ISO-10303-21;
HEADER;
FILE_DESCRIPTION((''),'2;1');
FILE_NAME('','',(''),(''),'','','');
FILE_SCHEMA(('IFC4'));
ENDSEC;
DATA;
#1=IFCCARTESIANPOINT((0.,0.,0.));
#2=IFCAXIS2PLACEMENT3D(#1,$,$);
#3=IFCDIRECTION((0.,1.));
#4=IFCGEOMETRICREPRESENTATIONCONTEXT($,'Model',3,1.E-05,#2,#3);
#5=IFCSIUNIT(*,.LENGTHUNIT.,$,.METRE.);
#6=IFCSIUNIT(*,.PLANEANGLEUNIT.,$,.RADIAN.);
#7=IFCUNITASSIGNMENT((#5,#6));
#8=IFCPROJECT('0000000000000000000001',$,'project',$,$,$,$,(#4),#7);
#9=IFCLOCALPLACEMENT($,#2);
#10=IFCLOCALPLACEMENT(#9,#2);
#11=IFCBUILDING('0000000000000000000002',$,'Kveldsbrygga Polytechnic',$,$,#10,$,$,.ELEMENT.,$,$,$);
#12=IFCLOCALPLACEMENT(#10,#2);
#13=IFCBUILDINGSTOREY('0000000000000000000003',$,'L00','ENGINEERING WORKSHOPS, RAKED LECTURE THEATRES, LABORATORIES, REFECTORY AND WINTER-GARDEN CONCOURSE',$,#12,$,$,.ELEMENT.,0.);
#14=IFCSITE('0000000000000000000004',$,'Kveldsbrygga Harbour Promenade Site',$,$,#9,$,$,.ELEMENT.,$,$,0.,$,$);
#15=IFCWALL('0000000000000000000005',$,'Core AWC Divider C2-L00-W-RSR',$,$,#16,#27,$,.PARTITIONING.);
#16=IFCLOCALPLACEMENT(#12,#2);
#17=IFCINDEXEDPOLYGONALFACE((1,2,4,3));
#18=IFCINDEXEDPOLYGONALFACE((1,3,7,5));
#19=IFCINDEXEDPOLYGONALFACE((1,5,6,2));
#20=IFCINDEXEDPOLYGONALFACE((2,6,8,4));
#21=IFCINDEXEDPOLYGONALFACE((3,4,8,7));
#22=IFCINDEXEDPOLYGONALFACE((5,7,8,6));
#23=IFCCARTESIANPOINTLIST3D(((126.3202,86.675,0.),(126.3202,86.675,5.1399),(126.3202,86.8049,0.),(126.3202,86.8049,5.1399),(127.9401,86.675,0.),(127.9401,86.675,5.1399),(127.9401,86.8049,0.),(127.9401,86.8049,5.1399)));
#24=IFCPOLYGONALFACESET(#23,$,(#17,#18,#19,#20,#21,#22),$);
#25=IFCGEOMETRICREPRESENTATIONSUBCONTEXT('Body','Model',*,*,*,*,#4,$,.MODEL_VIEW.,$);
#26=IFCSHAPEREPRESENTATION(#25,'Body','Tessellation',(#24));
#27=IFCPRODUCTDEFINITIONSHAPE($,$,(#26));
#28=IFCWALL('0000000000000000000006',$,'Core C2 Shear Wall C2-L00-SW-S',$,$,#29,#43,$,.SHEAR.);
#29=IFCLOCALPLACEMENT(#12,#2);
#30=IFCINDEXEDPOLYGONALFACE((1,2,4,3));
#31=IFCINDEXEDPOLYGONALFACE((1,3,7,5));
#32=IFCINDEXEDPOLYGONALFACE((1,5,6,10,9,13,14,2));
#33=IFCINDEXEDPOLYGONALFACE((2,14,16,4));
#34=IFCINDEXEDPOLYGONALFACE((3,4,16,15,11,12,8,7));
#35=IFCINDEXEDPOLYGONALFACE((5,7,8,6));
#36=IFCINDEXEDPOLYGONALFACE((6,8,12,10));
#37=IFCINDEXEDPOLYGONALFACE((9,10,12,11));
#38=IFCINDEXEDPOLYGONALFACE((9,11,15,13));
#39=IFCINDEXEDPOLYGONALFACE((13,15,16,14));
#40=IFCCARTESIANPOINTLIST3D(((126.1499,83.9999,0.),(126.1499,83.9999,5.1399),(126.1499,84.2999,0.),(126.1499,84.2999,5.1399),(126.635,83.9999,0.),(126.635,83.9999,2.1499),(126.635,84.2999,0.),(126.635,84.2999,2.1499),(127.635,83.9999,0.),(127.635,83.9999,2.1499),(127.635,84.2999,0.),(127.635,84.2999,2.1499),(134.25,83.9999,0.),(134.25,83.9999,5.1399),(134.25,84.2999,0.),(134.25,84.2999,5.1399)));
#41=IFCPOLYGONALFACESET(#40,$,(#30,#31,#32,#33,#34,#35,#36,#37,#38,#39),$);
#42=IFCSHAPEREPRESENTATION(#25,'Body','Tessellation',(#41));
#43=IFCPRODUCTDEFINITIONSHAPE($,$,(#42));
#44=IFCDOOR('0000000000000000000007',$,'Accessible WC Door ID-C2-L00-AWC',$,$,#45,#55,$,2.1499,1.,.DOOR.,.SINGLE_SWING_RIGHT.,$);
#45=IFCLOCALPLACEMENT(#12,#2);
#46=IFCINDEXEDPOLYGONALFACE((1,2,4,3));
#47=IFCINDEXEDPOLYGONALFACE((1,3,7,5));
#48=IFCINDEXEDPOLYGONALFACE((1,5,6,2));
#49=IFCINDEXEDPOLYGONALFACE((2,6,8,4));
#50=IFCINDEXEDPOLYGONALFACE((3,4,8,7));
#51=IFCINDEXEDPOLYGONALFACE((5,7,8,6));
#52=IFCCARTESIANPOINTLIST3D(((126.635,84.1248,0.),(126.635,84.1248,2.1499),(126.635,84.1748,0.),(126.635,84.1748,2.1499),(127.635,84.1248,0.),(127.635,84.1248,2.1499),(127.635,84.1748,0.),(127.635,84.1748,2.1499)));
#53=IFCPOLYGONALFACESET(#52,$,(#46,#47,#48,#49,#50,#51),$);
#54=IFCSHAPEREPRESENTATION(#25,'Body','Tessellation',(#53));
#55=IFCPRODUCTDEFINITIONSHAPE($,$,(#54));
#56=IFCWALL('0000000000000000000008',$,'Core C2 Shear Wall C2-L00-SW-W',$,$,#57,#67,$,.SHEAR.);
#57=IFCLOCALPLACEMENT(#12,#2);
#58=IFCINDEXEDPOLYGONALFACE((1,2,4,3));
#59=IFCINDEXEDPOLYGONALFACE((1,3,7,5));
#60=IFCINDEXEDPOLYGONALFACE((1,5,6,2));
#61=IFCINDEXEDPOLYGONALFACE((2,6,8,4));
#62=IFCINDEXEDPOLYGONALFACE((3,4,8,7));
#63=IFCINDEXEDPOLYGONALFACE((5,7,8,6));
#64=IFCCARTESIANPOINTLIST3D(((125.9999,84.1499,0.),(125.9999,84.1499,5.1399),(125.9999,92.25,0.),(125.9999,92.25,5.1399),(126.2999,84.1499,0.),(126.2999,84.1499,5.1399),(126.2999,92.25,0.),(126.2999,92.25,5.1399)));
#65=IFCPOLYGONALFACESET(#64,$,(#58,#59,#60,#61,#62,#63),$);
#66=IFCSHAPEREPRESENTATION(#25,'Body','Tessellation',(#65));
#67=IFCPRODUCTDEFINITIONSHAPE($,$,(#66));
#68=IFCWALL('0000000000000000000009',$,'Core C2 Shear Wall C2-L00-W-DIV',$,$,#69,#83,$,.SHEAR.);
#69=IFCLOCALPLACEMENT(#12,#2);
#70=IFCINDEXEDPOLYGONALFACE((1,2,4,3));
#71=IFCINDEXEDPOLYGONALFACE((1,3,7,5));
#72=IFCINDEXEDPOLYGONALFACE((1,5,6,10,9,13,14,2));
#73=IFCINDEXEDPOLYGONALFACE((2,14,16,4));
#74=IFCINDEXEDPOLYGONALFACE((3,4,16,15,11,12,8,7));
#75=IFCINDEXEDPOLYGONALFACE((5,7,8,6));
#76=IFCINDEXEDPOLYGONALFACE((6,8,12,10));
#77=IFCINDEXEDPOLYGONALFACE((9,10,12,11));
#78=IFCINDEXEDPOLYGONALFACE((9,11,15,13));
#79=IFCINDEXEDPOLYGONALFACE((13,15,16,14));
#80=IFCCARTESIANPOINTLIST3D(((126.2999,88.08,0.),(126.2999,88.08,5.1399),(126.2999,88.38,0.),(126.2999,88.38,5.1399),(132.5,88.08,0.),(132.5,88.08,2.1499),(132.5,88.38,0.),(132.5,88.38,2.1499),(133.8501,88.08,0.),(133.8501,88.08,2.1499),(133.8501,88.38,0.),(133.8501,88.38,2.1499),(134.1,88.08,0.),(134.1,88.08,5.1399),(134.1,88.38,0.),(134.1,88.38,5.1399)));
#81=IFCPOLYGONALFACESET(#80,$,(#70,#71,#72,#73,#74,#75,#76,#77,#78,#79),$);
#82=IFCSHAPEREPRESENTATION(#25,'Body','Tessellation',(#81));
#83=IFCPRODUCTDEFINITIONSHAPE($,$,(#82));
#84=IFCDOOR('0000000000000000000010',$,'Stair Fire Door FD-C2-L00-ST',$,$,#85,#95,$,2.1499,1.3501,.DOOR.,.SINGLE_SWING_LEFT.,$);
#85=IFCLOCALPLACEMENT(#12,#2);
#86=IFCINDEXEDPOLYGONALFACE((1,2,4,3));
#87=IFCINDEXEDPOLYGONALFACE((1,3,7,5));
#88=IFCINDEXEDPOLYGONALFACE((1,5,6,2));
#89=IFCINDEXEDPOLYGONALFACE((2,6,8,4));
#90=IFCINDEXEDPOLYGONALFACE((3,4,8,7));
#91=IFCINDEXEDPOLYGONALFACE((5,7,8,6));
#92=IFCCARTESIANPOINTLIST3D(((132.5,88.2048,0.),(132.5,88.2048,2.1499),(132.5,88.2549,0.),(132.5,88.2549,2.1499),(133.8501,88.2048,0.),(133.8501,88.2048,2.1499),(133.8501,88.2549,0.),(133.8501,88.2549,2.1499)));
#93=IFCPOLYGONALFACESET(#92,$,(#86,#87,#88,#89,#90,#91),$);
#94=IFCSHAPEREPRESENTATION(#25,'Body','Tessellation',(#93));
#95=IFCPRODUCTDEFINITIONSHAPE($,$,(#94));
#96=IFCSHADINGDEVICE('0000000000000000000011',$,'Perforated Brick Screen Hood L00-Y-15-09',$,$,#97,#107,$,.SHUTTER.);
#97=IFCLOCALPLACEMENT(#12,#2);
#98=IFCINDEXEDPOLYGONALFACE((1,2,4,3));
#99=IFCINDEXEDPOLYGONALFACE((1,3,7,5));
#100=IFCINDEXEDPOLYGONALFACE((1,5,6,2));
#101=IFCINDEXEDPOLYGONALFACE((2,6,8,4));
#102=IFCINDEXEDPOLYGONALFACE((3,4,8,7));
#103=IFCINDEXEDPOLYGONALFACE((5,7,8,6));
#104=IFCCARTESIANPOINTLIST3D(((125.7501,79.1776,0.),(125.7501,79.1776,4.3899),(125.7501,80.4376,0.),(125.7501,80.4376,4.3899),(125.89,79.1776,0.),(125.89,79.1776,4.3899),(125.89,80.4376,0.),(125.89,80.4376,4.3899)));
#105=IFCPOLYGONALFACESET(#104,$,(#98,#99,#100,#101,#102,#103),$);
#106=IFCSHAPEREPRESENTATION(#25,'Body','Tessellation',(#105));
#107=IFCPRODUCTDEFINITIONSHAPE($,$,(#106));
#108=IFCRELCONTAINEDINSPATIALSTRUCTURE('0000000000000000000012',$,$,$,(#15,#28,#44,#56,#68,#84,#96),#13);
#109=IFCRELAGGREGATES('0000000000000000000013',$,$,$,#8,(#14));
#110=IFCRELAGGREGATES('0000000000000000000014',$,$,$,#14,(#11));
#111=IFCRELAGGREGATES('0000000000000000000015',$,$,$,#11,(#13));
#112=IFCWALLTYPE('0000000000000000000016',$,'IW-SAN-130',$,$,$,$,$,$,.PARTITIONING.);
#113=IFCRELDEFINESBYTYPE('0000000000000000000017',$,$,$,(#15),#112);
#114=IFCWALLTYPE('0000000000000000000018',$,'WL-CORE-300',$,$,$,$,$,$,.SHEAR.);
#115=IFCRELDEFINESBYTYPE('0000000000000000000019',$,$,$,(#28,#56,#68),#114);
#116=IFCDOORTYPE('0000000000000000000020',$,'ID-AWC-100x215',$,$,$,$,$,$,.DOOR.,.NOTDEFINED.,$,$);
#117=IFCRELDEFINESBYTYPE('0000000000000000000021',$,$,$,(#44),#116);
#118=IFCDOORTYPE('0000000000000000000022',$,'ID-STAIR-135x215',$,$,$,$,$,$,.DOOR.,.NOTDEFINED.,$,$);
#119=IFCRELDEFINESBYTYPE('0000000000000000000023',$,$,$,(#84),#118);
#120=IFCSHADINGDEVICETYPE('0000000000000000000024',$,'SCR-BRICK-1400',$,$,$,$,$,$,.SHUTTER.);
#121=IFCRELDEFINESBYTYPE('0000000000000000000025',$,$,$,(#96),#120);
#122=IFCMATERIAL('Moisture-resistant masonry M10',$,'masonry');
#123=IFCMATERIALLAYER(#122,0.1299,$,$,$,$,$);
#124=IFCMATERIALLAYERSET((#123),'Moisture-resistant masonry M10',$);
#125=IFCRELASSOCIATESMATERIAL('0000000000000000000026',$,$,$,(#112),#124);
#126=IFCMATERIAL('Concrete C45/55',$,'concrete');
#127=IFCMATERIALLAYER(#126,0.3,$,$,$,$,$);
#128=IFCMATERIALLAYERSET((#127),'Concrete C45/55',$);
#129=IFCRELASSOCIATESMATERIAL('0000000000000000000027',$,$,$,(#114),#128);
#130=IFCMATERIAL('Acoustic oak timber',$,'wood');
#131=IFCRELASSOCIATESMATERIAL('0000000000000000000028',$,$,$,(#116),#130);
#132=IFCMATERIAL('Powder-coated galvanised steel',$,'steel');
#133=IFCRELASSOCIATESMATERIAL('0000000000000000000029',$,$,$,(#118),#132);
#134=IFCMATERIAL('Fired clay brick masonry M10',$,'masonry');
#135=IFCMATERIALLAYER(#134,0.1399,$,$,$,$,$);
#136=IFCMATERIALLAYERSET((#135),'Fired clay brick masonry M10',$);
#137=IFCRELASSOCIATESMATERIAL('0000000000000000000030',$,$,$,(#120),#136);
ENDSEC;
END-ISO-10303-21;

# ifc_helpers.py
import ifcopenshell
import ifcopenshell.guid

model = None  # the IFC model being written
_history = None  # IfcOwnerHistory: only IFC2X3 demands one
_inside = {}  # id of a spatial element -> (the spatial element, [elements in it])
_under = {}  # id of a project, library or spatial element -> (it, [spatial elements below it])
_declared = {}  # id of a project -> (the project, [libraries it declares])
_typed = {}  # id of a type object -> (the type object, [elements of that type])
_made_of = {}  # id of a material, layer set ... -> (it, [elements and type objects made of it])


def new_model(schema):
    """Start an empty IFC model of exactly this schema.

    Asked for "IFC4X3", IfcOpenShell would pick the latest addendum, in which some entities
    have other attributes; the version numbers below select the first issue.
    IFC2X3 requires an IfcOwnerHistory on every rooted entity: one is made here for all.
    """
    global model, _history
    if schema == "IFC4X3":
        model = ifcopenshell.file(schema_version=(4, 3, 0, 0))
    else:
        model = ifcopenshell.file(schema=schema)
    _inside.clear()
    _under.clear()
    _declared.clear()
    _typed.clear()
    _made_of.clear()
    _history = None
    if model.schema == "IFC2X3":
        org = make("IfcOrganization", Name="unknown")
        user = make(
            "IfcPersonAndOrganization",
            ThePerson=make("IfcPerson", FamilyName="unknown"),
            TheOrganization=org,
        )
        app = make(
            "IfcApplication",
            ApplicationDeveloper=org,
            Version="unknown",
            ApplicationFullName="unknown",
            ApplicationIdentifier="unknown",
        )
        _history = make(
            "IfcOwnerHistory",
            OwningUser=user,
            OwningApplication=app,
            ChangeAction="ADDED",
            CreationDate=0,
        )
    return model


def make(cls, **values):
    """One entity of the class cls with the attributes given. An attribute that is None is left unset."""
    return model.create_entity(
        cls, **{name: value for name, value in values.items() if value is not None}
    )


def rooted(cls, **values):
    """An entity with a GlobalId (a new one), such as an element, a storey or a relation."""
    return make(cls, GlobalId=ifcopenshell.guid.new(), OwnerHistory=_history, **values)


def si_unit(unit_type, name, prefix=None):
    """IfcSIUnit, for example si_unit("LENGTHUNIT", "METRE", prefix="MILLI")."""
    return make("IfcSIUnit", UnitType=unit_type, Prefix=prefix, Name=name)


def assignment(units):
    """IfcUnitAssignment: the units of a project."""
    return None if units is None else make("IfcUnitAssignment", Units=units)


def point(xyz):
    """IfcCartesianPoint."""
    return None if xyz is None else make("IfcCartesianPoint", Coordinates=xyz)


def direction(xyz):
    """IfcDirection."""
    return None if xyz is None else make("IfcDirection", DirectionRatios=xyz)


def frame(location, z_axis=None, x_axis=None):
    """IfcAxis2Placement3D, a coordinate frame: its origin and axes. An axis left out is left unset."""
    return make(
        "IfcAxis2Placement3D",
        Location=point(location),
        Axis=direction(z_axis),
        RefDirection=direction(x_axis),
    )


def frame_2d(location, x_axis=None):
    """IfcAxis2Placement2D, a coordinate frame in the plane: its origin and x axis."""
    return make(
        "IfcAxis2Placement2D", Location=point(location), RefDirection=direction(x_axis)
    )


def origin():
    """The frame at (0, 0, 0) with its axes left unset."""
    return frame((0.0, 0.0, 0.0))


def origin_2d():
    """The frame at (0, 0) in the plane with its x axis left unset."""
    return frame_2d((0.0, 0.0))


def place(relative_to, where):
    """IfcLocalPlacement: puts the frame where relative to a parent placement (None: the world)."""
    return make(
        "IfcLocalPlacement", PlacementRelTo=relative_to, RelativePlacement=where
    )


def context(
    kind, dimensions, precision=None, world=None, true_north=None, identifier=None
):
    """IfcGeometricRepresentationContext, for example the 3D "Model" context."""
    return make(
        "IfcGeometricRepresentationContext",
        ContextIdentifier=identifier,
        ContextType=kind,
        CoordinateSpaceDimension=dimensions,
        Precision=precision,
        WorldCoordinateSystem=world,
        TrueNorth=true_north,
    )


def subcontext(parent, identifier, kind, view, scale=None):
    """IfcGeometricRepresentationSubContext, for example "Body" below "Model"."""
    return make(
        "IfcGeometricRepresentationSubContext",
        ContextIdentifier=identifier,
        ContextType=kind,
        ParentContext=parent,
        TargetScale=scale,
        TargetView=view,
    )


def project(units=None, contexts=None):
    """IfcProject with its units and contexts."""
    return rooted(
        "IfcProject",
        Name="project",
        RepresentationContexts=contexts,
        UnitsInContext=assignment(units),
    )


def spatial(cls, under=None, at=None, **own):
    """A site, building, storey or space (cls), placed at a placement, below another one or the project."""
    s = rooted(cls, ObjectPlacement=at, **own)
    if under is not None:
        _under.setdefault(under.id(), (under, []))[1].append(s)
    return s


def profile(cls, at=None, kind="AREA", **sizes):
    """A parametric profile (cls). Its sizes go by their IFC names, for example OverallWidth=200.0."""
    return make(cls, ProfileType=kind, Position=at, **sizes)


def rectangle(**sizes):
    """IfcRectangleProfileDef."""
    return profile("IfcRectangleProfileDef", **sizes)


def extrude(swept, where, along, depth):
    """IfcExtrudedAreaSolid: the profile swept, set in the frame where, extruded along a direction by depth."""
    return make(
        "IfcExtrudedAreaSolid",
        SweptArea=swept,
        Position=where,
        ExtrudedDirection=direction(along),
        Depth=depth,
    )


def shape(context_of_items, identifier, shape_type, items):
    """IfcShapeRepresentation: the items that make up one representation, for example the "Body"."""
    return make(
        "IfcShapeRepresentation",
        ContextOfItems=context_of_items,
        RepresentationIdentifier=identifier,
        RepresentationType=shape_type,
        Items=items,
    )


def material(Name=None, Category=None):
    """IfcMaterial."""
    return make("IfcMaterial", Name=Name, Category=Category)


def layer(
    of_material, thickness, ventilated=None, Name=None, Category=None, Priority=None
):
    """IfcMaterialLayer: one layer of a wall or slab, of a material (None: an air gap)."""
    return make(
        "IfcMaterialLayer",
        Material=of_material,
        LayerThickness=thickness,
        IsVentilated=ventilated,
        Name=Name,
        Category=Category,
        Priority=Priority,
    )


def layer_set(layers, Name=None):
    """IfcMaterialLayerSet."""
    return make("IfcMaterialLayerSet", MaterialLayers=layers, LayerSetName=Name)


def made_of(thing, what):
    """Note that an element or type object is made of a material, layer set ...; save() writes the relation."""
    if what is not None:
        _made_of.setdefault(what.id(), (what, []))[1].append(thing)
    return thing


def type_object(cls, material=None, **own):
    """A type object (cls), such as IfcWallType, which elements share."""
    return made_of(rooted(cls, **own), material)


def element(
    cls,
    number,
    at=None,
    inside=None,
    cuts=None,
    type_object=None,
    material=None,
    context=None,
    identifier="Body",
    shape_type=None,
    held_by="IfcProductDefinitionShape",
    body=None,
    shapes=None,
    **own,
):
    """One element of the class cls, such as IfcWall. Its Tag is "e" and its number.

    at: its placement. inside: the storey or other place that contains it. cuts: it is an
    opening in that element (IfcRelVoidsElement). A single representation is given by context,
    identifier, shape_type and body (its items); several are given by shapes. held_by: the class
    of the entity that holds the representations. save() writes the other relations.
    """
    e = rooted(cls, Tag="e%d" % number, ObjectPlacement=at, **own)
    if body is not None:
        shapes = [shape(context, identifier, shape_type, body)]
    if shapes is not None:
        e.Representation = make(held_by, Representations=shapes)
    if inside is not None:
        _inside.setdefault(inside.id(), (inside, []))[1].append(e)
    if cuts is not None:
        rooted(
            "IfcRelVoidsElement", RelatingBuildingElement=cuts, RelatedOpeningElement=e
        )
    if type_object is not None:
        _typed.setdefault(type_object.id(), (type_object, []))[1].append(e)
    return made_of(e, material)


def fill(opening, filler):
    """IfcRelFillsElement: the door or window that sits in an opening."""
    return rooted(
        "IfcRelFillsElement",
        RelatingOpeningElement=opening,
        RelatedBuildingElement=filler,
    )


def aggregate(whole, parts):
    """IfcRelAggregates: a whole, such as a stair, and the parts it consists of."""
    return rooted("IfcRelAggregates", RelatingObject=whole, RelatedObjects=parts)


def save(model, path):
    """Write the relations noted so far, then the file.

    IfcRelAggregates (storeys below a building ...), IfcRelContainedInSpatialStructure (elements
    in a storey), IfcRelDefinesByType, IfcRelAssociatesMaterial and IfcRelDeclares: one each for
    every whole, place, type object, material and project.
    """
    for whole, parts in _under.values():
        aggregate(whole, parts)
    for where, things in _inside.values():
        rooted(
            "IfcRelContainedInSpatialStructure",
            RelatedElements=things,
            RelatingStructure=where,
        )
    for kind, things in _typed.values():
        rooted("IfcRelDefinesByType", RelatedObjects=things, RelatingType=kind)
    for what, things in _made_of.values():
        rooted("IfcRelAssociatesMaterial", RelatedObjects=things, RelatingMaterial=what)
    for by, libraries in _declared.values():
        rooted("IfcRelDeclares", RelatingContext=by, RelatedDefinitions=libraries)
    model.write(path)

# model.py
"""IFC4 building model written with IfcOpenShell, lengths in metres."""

from ifc_helpers import new_model, si_unit, direction, frame, frame_2d, origin, origin_2d, place, context, subcontext, project, spatial, rectangle, extrude, material, layer, layer_set, type_object, element, fill, save


model = new_model("IFC4")

# Units and contexts
model_context = context("Model", 3, precision=1e-05, world=origin(), true_north=direction((0.0, 1.0)))
body_context = subcontext(model_context, "Body", "Model", "MODEL_VIEW")
ifc_project = project(units=[si_unit("LENGTHUNIT", "METRE"), si_unit("PLANEANGLEUNIT", "RADIAN")], contexts=[model_context])

# Site, building, storey
site_placement = place(None, origin())
site = spatial("IfcSite", under=ifc_project, at=site_placement, Name="Kveldsbrygga Harbour Promenade Site", CompositionType="ELEMENT", RefElevation=0.0)
building_placement = place(site_placement, origin())
building = spatial("IfcBuilding", under=site, at=building_placement, Name="Kveldsbrygga Polytechnic", CompositionType="ELEMENT")
storey_placement = place(building_placement, origin())
storey = spatial("IfcBuildingStorey", under=building, at=storey_placement, Name="L00", Description="ENGINEERING WORKSHOPS, RAKED LECTURE THEATRES, LABORATORIES, REFECTORY AND WINTER-GARDEN CONCOURSE", CompositionType="ELEMENT", Elevation=0.0)

# Shared definitions
ifc_material_1 = material(Name="Concrete C45/55", Category="concrete")

# Wall
ifc_material_2 = material(Name="Fired clay brick masonry M10", Category="masonry")
ifc_material_3 = material(Name="Moisture-resistant masonry M10", Category="masonry")
ifc_layer_1 = layer(ifc_material_3, 0.1299)
ifc_layer_set_1 = layer_set([ifc_layer_1], Name="Moisture-resistant masonry M10")
wall_type_1 = type_object("IfcWallType", Name="IW-SAN-130", PredefinedType="PARTITIONING", material=ifc_layer_set_1)
wall_1_placement = place(storey_placement, frame((126.3201, 86.74, 0.0), z_axis=(0.0, 0.0, 1.0), x_axis=(1.0, 0.0, 0.0)))
element("IfcWall", 1, at=wall_1_placement, inside=storey, type_object=wall_type_1, Name="Core AWC Divider C2-L00-W-RSR", PredefinedType="PARTITIONING", context=body_context, shape_type="SweptSolid", body=[
    extrude(rectangle(XDim=1.6199, YDim=0.1299, at=frame_2d((0.8101, 0.0))), origin(), (0.0, 0.0, 1.0), 5.1399),
])

# Wall, opening, door
ifc_layer_2 = layer(ifc_material_1, 0.3)
ifc_layer_set_2 = layer_set([ifc_layer_2], Name="Concrete C45/55")
wall_type_2 = type_object("IfcWallType", Name="WL-CORE-300", PredefinedType="SHEAR", material=ifc_layer_set_2)
wall_2_placement = place(storey_placement, frame((126.1499, 84.1499, 0.0), z_axis=(0.0, 0.0, 1.0), x_axis=(1.0, 0.0, 0.0)))
wall_2 = element("IfcWall", 2, at=wall_2_placement, inside=storey, type_object=wall_type_2, Name="Core C2 Shear Wall C2-L00-SW-S", PredefinedType="SHEAR", context=body_context, shape_type="SweptSolid", body=[
    extrude(rectangle(XDim=8.1001, YDim=0.3, at=frame_2d((4.05, 0.0))), origin(), (0.0, 0.0, 1.0), 5.1399),
])
opening_1_placement = place(wall_2_placement, frame((0.4851, 0.0, 0.0)))
opening_1 = element("IfcOpeningElement", 3, at=opening_1_placement, cuts=wall_2, PredefinedType="OPENING", context=body_context, shape_type="SweptSolid", body=[
    extrude(rectangle(XDim=1.0, YDim=2.1499, at=frame_2d((0.5, 1.075))), frame((0.0, 0.1602, 0.0), z_axis=(0.0, -1.0, 0.0), x_axis=(1.0, 0.0, 0.0)), (0.0, 0.0, 1.0), 0.3201),
])
ifc_material_4 = material(Name="Acoustic oak timber", Category="wood")
door_type_1 = type_object("IfcDoorType", Name="ID-AWC-100x215", OperationType="NOTDEFINED", PredefinedType="DOOR", material=ifc_material_4)
door_1_placement = place(opening_1_placement, origin())
door_1 = element("IfcDoor", 4, at=door_1_placement, inside=storey, type_object=door_type_1, Name="Accessible WC Door ID-C2-L00-AWC", OperationType="SINGLE_SWING_RIGHT", OverallHeight=2.1499, OverallWidth=1.0, PredefinedType="DOOR", context=body_context, shape_type="SweptSolid", body=[
    extrude(rectangle(XDim=1.0, YDim=2.1499, at=frame_2d((0.5, 1.075))), frame((0.0, 0.0249, 0.0), z_axis=(0.0, -1.0, 0.0), x_axis=(1.0, 0.0, 0.0)), (0.0, 0.0, 1.0), 0.05),
])
fill(opening_1, door_1)

# Wall
wall_3_placement = place(storey_placement, frame((126.1499, 84.1499, 0.0), z_axis=(0.0, 0.0, 1.0), x_axis=(0.0, 1.0, 0.0)))
element("IfcWall", 5, at=wall_3_placement, inside=storey, type_object=wall_type_2, Name="Core C2 Shear Wall C2-L00-SW-W", PredefinedType="SHEAR", context=body_context, shape_type="SweptSolid", body=[
    extrude(rectangle(XDim=8.1001, YDim=0.3, at=frame_2d((4.05, 0.0))), origin(), (0.0, 0.0, 1.0), 5.1399),
])

# Wall, opening, door
wall_4_placement = place(storey_placement, frame((126.3, 88.23, 0.0), z_axis=(0.0, 0.0, 1.0), x_axis=(1.0, 0.0, 0.0)))
wall_4 = element("IfcWall", 6, at=wall_4_placement, inside=storey, type_object=wall_type_2, Name="Core C2 Shear Wall C2-L00-W-DIV", PredefinedType="SHEAR", context=body_context, shape_type="SweptSolid", body=[
    extrude(rectangle(XDim=7.8, YDim=0.3, at=frame_2d((3.8999, 0.0))), origin(), (0.0, 0.0, 1.0), 5.1399),
])
opening_2_placement = place(wall_4_placement, frame((6.2, 0.0, 0.0)))
opening_2 = element("IfcOpeningElement", 7, at=opening_2_placement, cuts=wall_4, PredefinedType="OPENING", context=body_context, shape_type="SweptSolid", body=[
    extrude(rectangle(XDim=1.3501, YDim=2.1499, at=frame_2d((0.675, 1.075))), frame((0.0, 0.1602, 0.0), z_axis=(0.0, -1.0, 0.0), x_axis=(1.0, 0.0, 0.0)), (0.0, 0.0, 1.0), 0.3201),
])
ifc_material_5 = material(Name="Powder-coated galvanised steel", Category="steel")
door_type_2 = type_object("IfcDoorType", Name="ID-STAIR-135x215", OperationType="NOTDEFINED", PredefinedType="DOOR", material=ifc_material_5)
door_2_placement = place(opening_2_placement, origin())
door_2 = element("IfcDoor", 8, at=door_2_placement, inside=storey, type_object=door_type_2, Name="Stair Fire Door FD-C2-L00-ST", OperationType="SINGLE_SWING_LEFT", OverallHeight=2.1499, OverallWidth=1.3501, PredefinedType="DOOR", context=body_context, shape_type="SweptSolid", body=[
    extrude(rectangle(XDim=1.3501, YDim=2.1499, at=frame_2d((0.675, 1.075))), frame((0.0, 0.0249, 0.0), z_axis=(0.0, -1.0, 0.0), x_axis=(1.0, 0.0, 0.0)), (0.0, 0.0, 1.0), 0.05),
])
fill(opening_2, door_2)

# Shading device
ifc_layer_3 = layer(ifc_material_2, 0.1399)
ifc_layer_set_3 = layer_set([ifc_layer_3], Name="Fired clay brick masonry M10")
shading_device_type = type_object("IfcShadingDeviceType", Name="SCR-BRICK-1400", PredefinedType="SHUTTER", material=ifc_layer_set_3)
shading_device_placement = place(storey_placement, frame((125.8201, 79.8076, 0.0), z_axis=(0.0, 0.0, 1.0), x_axis=(0.0, 1.0, 0.0)))
element("IfcShadingDevice", 9, at=shading_device_placement, inside=storey, type_object=shading_device_type, Name="Perforated Brick Screen Hood L00-Y-15-09", PredefinedType="SHUTTER", context=body_context, shape_type="SweptSolid", body=[
    extrude(rectangle(XDim=1.26, YDim=0.1399, at=origin_2d()), origin(), (0.0, 0.0, 1.0), 4.3899),
])

save(model, "model.ifc")
